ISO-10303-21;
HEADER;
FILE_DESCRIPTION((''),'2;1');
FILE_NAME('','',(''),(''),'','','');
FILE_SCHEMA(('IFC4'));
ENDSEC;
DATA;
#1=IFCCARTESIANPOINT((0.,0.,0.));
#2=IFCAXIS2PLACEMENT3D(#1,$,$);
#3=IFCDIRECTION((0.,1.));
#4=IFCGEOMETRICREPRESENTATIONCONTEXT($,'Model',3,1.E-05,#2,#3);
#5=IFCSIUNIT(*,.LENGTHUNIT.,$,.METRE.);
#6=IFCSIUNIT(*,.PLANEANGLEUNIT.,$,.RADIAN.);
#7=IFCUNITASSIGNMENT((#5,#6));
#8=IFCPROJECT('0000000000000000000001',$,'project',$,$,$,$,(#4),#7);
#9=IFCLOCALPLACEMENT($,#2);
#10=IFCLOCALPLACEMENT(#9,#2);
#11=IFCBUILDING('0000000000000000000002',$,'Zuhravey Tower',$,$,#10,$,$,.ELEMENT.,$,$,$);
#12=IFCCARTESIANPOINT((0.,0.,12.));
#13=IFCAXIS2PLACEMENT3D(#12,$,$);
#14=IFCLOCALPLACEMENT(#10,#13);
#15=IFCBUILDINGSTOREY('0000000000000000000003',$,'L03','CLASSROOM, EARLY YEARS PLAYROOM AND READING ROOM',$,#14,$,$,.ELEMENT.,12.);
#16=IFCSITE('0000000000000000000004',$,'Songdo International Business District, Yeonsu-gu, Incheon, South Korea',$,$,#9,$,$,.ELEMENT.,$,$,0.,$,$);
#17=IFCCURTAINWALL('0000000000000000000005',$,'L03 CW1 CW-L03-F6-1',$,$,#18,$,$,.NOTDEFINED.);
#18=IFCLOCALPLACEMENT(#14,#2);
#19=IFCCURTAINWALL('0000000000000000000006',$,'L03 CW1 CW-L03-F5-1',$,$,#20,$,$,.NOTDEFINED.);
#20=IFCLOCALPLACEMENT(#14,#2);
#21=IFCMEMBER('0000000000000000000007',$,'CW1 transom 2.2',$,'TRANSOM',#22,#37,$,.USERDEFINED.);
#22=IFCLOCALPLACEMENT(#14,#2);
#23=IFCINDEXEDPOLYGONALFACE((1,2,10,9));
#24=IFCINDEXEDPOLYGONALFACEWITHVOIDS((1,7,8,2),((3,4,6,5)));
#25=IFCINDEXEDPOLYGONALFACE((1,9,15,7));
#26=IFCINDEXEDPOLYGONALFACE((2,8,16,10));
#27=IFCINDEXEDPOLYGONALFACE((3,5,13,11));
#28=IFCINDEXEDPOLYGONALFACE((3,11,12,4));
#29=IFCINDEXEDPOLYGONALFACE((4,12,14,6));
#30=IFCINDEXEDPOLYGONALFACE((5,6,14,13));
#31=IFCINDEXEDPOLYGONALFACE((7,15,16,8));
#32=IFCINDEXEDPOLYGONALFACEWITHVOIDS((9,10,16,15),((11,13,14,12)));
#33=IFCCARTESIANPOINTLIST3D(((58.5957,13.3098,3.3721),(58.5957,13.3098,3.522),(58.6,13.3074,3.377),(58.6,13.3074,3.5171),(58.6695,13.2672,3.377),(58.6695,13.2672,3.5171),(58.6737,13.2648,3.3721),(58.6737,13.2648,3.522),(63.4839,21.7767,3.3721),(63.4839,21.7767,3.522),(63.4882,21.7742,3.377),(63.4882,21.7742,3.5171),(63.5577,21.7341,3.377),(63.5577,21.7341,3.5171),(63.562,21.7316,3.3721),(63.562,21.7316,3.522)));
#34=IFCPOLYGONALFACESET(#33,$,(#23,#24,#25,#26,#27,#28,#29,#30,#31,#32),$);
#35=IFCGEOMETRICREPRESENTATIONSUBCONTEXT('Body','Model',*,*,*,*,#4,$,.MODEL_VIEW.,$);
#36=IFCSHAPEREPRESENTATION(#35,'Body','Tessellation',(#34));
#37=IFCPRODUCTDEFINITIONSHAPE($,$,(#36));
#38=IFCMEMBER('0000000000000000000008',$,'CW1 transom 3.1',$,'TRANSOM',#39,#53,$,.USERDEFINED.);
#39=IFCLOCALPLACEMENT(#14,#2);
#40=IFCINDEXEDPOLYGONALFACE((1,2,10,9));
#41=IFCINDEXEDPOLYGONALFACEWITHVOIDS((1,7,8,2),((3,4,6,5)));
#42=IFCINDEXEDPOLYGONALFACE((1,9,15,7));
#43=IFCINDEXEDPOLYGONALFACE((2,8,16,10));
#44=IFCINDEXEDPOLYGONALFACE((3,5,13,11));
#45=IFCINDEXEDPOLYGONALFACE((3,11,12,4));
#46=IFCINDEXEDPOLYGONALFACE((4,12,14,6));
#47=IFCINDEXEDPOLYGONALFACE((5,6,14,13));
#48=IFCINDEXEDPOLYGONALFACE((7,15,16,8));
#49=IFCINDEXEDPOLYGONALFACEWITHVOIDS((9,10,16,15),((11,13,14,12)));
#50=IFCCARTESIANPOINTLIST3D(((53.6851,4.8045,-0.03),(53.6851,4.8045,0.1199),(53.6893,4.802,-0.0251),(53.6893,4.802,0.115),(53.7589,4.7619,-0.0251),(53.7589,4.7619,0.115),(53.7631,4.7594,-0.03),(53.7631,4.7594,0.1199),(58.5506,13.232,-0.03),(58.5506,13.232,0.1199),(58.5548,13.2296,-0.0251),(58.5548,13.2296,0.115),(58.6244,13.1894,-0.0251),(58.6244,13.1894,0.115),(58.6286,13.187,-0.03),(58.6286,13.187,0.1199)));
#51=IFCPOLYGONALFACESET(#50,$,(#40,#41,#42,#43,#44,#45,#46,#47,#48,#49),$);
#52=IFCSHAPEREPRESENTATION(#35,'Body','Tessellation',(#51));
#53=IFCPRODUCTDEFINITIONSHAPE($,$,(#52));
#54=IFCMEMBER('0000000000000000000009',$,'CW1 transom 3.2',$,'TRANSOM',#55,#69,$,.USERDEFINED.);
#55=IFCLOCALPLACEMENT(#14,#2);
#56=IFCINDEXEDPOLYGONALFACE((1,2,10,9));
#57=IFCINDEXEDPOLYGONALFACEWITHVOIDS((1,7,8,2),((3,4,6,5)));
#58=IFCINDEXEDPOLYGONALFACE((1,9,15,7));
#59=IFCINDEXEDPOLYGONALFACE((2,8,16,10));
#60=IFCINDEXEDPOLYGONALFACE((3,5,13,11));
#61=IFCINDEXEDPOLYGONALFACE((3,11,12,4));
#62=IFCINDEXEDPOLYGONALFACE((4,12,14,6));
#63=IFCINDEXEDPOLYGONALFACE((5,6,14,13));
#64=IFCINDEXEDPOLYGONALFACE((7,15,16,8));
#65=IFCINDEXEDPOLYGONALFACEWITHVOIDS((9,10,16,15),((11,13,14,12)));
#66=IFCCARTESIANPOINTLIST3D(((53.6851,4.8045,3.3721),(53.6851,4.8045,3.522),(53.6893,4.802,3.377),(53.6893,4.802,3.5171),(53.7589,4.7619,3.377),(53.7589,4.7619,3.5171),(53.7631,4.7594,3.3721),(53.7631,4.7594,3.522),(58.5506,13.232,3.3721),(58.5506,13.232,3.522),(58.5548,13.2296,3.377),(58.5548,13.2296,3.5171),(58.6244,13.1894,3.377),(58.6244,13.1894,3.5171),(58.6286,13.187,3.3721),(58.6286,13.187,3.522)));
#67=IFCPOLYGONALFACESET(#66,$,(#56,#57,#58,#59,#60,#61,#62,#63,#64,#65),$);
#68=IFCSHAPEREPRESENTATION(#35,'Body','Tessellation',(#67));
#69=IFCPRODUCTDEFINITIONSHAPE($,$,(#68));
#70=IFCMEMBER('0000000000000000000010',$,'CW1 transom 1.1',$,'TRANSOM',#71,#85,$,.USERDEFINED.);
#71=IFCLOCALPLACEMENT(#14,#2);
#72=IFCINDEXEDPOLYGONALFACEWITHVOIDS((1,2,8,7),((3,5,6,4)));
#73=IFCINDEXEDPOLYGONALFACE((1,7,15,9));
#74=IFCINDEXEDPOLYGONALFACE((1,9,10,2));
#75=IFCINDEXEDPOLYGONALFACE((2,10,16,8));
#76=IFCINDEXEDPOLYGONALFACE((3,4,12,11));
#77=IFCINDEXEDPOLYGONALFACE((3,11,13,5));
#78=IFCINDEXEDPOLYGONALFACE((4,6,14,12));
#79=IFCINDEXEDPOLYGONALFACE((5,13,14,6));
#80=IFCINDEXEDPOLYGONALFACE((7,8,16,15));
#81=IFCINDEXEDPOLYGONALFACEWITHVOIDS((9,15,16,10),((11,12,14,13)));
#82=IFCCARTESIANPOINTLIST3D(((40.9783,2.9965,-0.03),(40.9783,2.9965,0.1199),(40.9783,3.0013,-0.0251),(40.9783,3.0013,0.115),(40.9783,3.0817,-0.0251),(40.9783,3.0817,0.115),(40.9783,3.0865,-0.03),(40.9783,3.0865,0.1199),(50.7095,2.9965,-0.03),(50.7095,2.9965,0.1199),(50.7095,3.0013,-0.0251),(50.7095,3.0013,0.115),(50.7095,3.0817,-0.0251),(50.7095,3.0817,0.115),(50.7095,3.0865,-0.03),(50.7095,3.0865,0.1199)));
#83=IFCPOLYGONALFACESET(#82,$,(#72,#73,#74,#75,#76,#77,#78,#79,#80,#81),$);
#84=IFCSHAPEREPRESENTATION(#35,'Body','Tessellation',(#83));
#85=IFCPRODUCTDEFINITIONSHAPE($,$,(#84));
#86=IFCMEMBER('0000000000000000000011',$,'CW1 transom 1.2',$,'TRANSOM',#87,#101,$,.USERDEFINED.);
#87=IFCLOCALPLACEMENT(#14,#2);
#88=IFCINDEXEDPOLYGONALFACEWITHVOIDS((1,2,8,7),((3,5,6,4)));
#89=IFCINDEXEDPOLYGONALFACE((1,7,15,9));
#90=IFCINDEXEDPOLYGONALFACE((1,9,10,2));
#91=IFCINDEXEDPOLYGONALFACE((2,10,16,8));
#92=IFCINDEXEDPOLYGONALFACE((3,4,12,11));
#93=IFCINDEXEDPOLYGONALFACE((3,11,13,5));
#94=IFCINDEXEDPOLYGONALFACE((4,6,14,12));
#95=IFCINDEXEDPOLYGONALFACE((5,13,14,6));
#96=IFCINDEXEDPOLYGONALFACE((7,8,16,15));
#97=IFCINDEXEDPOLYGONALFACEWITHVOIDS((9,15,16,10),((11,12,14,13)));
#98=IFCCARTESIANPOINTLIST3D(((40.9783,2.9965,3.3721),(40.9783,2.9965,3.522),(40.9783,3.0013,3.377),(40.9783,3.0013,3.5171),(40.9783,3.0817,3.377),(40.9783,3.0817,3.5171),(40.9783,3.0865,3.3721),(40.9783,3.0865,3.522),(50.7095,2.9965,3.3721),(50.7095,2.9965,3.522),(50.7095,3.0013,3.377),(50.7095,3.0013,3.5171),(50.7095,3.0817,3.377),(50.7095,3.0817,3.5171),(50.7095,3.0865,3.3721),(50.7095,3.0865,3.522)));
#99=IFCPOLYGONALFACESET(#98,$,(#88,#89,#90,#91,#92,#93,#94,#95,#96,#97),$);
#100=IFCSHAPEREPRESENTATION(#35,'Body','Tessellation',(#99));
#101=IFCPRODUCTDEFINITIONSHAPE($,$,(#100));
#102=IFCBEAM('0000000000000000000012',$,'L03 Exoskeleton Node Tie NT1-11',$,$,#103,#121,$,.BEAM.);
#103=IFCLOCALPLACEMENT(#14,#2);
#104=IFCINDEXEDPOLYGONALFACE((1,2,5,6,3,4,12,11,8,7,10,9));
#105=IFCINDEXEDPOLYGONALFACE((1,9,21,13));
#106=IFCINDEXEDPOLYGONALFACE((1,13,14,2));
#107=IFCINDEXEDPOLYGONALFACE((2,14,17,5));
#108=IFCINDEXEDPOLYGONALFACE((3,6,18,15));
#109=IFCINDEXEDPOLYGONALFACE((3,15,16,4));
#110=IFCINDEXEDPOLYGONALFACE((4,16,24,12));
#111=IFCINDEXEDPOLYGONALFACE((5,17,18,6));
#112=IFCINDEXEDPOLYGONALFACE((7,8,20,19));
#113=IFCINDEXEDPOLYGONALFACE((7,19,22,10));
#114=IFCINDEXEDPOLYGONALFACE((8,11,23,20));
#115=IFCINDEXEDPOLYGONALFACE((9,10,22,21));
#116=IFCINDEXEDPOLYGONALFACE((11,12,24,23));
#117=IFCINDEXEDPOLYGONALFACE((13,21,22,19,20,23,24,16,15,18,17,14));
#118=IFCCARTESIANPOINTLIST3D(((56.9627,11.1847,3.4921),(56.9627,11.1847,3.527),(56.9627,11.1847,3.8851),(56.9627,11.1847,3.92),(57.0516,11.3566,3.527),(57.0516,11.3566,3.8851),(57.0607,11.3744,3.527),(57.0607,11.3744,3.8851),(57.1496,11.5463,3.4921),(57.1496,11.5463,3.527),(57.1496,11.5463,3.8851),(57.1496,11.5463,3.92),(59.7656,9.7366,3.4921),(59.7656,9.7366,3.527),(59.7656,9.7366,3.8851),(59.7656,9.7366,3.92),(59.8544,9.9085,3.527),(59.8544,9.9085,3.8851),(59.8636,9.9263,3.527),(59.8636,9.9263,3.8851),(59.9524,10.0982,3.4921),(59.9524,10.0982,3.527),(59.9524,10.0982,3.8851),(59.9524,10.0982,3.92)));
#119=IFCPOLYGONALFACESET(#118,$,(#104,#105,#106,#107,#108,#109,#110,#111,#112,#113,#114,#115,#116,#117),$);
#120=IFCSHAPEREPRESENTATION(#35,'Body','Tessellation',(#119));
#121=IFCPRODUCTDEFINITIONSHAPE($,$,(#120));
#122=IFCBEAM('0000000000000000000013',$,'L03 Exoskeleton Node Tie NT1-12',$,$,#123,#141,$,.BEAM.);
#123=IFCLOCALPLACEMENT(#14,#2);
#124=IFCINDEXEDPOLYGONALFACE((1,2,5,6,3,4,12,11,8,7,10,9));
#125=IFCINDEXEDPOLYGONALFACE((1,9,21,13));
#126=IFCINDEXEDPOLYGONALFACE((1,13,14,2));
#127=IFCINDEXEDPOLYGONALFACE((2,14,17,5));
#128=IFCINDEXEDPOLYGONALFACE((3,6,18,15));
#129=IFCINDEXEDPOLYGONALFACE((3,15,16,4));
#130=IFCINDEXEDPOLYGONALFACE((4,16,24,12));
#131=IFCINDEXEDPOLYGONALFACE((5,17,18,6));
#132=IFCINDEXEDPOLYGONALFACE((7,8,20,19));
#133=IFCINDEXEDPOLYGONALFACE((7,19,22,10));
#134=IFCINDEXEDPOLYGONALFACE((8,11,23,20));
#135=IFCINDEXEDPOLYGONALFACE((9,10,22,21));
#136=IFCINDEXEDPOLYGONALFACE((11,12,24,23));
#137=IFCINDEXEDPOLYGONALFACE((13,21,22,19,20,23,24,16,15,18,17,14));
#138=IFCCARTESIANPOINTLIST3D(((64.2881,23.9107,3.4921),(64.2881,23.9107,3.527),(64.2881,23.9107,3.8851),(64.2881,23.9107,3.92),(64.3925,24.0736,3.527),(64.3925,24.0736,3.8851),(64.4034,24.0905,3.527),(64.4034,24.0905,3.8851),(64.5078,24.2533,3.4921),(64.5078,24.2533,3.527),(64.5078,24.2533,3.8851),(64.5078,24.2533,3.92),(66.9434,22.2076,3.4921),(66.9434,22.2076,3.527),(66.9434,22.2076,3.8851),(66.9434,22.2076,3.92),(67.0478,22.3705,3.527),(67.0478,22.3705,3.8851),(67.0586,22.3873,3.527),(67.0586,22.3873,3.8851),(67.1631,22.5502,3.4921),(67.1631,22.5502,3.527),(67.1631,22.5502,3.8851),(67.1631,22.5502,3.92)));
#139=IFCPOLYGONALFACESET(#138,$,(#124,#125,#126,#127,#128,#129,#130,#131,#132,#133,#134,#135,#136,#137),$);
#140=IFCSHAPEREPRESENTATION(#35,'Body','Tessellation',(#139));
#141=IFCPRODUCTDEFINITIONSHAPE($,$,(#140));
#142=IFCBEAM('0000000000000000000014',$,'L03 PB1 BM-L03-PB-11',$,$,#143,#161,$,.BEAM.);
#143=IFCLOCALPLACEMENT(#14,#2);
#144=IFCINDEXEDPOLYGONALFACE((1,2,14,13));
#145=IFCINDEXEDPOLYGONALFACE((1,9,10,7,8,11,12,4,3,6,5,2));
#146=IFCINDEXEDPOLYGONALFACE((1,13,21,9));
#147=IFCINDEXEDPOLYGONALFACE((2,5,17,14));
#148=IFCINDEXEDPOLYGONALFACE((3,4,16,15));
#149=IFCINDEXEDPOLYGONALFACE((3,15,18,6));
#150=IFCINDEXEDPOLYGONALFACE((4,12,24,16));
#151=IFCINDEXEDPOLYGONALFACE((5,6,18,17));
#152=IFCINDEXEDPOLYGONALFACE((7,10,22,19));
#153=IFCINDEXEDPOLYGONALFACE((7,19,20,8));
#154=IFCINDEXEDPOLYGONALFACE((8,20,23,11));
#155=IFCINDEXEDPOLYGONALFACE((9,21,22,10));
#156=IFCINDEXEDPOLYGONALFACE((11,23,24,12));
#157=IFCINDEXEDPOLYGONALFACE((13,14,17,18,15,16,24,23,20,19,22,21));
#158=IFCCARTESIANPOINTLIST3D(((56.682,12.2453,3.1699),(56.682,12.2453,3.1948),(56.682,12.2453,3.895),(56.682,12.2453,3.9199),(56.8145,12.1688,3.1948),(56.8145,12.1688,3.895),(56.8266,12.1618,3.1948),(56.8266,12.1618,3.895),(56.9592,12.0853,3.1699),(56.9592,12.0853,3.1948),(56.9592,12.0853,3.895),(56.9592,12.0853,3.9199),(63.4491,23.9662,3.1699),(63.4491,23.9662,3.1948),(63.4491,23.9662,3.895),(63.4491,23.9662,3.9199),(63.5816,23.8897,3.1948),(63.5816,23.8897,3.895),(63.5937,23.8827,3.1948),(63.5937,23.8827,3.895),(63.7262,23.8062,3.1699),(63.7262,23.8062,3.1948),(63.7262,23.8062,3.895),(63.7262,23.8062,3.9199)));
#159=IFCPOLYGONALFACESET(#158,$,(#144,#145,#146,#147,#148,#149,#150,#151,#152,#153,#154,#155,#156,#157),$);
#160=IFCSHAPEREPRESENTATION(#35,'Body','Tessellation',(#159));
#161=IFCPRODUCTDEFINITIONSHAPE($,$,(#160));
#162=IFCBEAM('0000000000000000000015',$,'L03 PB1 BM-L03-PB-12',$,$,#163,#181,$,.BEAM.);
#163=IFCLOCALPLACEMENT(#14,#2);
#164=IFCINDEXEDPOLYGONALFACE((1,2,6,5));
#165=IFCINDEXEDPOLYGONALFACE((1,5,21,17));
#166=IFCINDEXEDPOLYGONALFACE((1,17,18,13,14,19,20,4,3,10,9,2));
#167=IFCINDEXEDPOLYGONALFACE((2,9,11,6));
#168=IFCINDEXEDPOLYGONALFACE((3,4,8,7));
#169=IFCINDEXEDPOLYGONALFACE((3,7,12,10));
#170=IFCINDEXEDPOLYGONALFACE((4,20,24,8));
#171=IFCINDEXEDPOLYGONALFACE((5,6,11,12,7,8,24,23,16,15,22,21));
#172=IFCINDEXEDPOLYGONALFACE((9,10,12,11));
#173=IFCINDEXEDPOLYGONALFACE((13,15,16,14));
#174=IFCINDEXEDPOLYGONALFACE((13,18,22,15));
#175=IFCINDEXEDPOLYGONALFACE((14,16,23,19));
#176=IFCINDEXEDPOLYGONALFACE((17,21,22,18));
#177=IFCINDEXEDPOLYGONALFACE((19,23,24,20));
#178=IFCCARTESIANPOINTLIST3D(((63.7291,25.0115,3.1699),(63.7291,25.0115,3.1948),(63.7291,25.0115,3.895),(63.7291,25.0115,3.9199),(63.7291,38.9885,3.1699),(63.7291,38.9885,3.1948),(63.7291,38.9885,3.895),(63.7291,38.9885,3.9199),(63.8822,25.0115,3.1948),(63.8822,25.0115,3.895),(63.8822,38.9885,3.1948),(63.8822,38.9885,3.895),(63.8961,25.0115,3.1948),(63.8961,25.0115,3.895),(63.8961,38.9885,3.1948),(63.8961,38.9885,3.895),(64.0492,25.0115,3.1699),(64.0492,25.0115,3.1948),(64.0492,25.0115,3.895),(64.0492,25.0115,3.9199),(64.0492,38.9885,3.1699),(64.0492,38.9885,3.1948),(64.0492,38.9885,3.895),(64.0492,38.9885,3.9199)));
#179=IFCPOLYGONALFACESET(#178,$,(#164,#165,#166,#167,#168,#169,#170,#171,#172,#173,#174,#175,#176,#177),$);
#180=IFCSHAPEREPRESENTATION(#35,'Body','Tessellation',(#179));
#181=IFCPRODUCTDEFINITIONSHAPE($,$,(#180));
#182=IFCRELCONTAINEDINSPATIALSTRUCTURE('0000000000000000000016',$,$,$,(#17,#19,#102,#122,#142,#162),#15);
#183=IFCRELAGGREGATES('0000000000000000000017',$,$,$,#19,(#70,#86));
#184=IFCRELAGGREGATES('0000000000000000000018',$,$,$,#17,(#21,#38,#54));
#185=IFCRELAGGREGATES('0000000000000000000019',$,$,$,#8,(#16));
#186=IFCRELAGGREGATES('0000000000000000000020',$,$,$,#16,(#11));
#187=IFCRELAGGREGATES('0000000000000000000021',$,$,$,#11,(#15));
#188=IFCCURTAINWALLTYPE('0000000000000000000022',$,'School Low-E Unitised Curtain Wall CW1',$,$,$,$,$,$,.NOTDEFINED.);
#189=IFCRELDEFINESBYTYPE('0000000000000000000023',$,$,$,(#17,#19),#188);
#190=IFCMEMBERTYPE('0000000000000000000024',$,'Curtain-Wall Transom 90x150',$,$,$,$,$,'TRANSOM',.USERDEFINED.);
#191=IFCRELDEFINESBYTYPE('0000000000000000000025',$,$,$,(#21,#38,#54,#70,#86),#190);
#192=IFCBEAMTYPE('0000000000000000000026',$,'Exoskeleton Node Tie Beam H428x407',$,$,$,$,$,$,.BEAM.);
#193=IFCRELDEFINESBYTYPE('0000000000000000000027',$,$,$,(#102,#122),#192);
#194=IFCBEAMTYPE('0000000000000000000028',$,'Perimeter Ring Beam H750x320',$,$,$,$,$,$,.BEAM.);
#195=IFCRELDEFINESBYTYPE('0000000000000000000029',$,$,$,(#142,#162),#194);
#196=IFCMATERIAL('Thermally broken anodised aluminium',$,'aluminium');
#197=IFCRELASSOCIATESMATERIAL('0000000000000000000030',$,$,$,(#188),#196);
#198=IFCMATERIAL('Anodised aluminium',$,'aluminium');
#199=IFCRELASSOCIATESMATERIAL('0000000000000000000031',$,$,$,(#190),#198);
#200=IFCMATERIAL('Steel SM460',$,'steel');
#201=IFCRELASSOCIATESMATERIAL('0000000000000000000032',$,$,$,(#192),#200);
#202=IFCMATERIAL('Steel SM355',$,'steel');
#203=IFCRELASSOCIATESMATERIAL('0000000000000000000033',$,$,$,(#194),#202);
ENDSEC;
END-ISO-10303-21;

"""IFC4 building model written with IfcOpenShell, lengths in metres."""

from ifc_helpers import new_model, si_unit, direction, frame, origin, origin_2d, place, context, subcontext, project, spatial, hollow_rectangle, i_section, extrude, material, material_profile, profile_set, type_object, element, aggregate, save


model = new_model("IFC4")

# Units and contexts
model_context = context("Model", 3, precision=1e-05, world=origin(), true_north=direction((0.0, 1.0)))
body_context = subcontext(model_context, "Body", "Model", "MODEL_VIEW")
ifc_project = project(units=[si_unit("LENGTHUNIT", "METRE"), si_unit("PLANEANGLEUNIT", "RADIAN")], contexts=[model_context])

# Site, building, storey
site_placement = place(None, origin())
site = spatial("IfcSite", under=ifc_project, at=site_placement, Name="Songdo International Business District, Yeonsu-gu, Incheon, South Korea", CompositionType="ELEMENT", RefElevation=0.0)
building_placement = place(site_placement, origin())
building = spatial("IfcBuilding", under=site, at=building_placement, Name="Zuhravey Tower", CompositionType="ELEMENT")
storey_placement = place(building_placement, frame((0.0, 0.0, 12.0)))
storey = spatial("IfcBuildingStorey", under=building, at=storey_placement, Name="L03", Description="CLASSROOM, EARLY YEARS PLAYROOM AND READING ROOM", CompositionType="ELEMENT", Elevation=12.0)

# Curtain wall
ifc_material_1 = material(Name="Thermally broken anodised aluminium", Category="aluminium")
curtain_wall_type = type_object("IfcCurtainWallType", Name="School Low-E Unitised Curtain Wall CW1", PredefinedType="NOTDEFINED", material=ifc_material_1)
curtain_wall_1_placement = place(storey_placement, origin())
curtain_wall_1 = element("IfcCurtainWall", 1, at=curtain_wall_1_placement, inside=storey, type_object=curtain_wall_type, Name="L03 CW1 CW-L03-F6-1", PredefinedType="NOTDEFINED")
ifc_material_2 = material(Name="Anodised aluminium", Category="aluminium")

# Curtain wall
curtain_wall_2_placement = place(storey_placement, origin())
curtain_wall_2 = element("IfcCurtainWall", 2, at=curtain_wall_2_placement, inside=storey, type_object=curtain_wall_type, Name="L03 CW1 CW-L03-F5-1", PredefinedType="NOTDEFINED")

# Members
ifc_material_profile_1 = material_profile(ifc_material_2, hollow_rectangle(XDim=0.0901, YDim=0.1499, WallThickness=0.0049, at=origin_2d()), Name="ALU-RHS-90x150x5")
ifc_profile_set_1 = profile_set([ifc_material_profile_1], Name="Anodised aluminium")
member_type_1 = type_object("IfcMemberType", Name="Curtain-Wall Transom 90x150", ElementType="TRANSOM", PredefinedType="USERDEFINED", material=ifc_profile_set_1)
member_1_placement = place(storey_placement, frame((63.5229, 21.7542, 3.447), z_axis=(-0.49999, -0.866031, 0.0), x_axis=(0.866031, -0.49999, 0.0)))
member_1 = element("IfcMember", 3, at=member_1_placement, type_object=member_type_1, Name="CW1 transom 2.2", ObjectType="TRANSOM", PredefinedType="USERDEFINED", context=body_context, shape_type="SweptSolid", body=[
    extrude(hollow_rectangle(XDim=0.0901, YDim=0.1499, WallThickness=0.0049, at=origin_2d()), origin(), (0.0, 0.0, 1.0), 9.7766),
])
member_2_placement = place(storey_placement, frame((58.5896, 13.2095, 0.0449), z_axis=(-0.49999, -0.866031, 0.0), x_axis=(0.866031, -0.49999, 0.0)))
member_2 = element("IfcMember", 4, at=member_2_placement, type_object=member_type_1, Name="CW1 transom 3.1", ObjectType="TRANSOM", PredefinedType="USERDEFINED", context=body_context, shape_type="SweptSolid", body=[
    extrude(hollow_rectangle(XDim=0.0901, YDim=0.1499, WallThickness=0.0049, at=origin_2d()), origin(), (0.0, 0.0, 1.0), 9.7312),
])
member_3_placement = place(storey_placement, frame((58.5896, 13.2095, 3.447), z_axis=(-0.49999, -0.866031, 0.0), x_axis=(0.866031, -0.49999, 0.0)))
member_3 = element("IfcMember", 5, at=member_3_placement, type_object=member_type_1, Name="CW1 transom 3.2", ObjectType="TRANSOM", PredefinedType="USERDEFINED", context=body_context, shape_type="SweptSolid", body=[
    extrude(hollow_rectangle(XDim=0.0901, YDim=0.1499, WallThickness=0.0049, at=origin_2d()), origin(), (0.0, 0.0, 1.0), 9.7312),
])
member_4_placement = place(storey_placement, frame((50.7095, 3.0415, 0.0449), z_axis=(-1.0, 0.0, 0.0), x_axis=(0.0, -1.0, 0.0)))
member_4 = element("IfcMember", 6, at=member_4_placement, type_object=member_type_1, Name="CW1 transom 1.1", ObjectType="TRANSOM", PredefinedType="USERDEFINED", context=body_context, shape_type="SweptSolid", body=[
    extrude(hollow_rectangle(XDim=0.0901, YDim=0.1499, WallThickness=0.0049, at=origin_2d()), origin(), (0.0, 0.0, 1.0), 9.7312),
])
member_5_placement = place(storey_placement, frame((50.7095, 3.0415, 3.447), z_axis=(-1.0, 0.0, 0.0), x_axis=(0.0, -1.0, 0.0)))
member_5 = element("IfcMember", 7, at=member_5_placement, type_object=member_type_1, Name="CW1 transom 1.2", ObjectType="TRANSOM", PredefinedType="USERDEFINED", context=body_context, shape_type="SweptSolid", body=[
    extrude(hollow_rectangle(XDim=0.0901, YDim=0.1499, WallThickness=0.0049, at=origin_2d()), origin(), (0.0, 0.0, 1.0), 9.7312),
])
aggregate(curtain_wall_2, [member_4, member_5])

# Beams
ifc_material_3 = material(Name="Steel SM460", Category="steel")
ifc_material_profile_2 = material_profile(ifc_material_3, i_section(OverallWidth=0.407, OverallDepth=0.428, WebThickness=0.02, FlangeThickness=0.0349, at=origin_2d()), Name="H-428x407x20x35")
ifc_profile_set_2 = profile_set([ifc_material_profile_2], Name="Steel SM460")
beam_type_1 = type_object("IfcBeamType", Name="Exoskeleton Node Tie Beam H428x407", PredefinedType="BEAM", material=ifc_profile_set_2)
beam_1_placement = place(storey_placement, frame((57.0562, 11.3655, 3.7061), z_axis=(0.888436, -0.459, 0.0), x_axis=(0.459, 0.888436, 0.0)))
element("IfcBeam", 8, at=beam_1_placement, inside=storey, type_object=beam_type_1, Name="L03 Exoskeleton Node Tie NT1-11", PredefinedType="BEAM", context=body_context, shape_type="SweptSolid", body=[
    extrude(i_section(OverallWidth=0.407, OverallDepth=0.428, WebThickness=0.02, FlangeThickness=0.0349, at=origin_2d()), origin(), (0.0, 0.0, 1.0), 3.1548),
])
beam_2_placement = place(storey_placement, frame((64.3979, 24.082, 3.7061), z_axis=(0.841731, -0.539897, 0.0), x_axis=(0.539897, 0.841731, 0.0)))
element("IfcBeam", 9, at=beam_2_placement, inside=storey, type_object=beam_type_1, Name="L03 Exoskeleton Node Tie NT1-12", PredefinedType="BEAM", context=body_context, shape_type="SweptSolid", body=[
    extrude(i_section(OverallWidth=0.407, OverallDepth=0.428, WebThickness=0.02, FlangeThickness=0.0349, at=origin_2d()), origin(), (0.0, 0.0, 1.0), 3.1545),
])
ifc_material_4 = material(Name="Steel SM355", Category="steel")
ifc_material_profile_3 = material_profile(ifc_material_4, i_section(OverallWidth=0.3201, OverallDepth=0.75, WebThickness=0.0139, FlangeThickness=0.0249, at=origin_2d()), Name="H-750x320x14x25")
ifc_profile_set_3 = profile_set([ifc_material_profile_3], Name="Steel SM355")
beam_type_2 = type_object("IfcBeamType", Name="Perimeter Ring Beam H750x320", PredefinedType="BEAM", material=ifc_profile_set_3)
beam_3_placement = place(storey_placement, frame((56.8206, 12.1653, 3.5449), z_axis=(0.5, 0.866025, 0.0), x_axis=(-0.866025, 0.5, 0.0)))
element("IfcBeam", 10, at=beam_3_placement, inside=storey, type_object=beam_type_2, Name="L03 PB1 BM-L03-PB-11", PredefinedType="BEAM", context=body_context, shape_type="SweptSolid", body=[
    extrude(i_section(OverallWidth=0.3201, OverallDepth=0.75, WebThickness=0.0139, FlangeThickness=0.0249, at=origin_2d()), origin(), (0.0, 0.0, 1.0), 13.5342),
])
beam_4_placement = place(storey_placement, frame((63.8892, 25.0115, 3.5449), z_axis=(0.0, 1.0, 0.0), x_axis=(-1.0, 0.0, 0.0)))
element("IfcBeam", 11, at=beam_4_placement, inside=storey, type_object=beam_type_2, Name="L03 PB1 BM-L03-PB-12", PredefinedType="BEAM", context=body_context, shape_type="SweptSolid", body=[
    extrude(i_section(OverallWidth=0.3201, OverallDepth=0.75, WebThickness=0.0139, FlangeThickness=0.0249, at=origin_2d()), origin(), (0.0, 0.0, 1.0), 13.9771),
])

aggregate(curtain_wall_1, [member_1, member_2, member_3])

save(model, "model.ifc")
